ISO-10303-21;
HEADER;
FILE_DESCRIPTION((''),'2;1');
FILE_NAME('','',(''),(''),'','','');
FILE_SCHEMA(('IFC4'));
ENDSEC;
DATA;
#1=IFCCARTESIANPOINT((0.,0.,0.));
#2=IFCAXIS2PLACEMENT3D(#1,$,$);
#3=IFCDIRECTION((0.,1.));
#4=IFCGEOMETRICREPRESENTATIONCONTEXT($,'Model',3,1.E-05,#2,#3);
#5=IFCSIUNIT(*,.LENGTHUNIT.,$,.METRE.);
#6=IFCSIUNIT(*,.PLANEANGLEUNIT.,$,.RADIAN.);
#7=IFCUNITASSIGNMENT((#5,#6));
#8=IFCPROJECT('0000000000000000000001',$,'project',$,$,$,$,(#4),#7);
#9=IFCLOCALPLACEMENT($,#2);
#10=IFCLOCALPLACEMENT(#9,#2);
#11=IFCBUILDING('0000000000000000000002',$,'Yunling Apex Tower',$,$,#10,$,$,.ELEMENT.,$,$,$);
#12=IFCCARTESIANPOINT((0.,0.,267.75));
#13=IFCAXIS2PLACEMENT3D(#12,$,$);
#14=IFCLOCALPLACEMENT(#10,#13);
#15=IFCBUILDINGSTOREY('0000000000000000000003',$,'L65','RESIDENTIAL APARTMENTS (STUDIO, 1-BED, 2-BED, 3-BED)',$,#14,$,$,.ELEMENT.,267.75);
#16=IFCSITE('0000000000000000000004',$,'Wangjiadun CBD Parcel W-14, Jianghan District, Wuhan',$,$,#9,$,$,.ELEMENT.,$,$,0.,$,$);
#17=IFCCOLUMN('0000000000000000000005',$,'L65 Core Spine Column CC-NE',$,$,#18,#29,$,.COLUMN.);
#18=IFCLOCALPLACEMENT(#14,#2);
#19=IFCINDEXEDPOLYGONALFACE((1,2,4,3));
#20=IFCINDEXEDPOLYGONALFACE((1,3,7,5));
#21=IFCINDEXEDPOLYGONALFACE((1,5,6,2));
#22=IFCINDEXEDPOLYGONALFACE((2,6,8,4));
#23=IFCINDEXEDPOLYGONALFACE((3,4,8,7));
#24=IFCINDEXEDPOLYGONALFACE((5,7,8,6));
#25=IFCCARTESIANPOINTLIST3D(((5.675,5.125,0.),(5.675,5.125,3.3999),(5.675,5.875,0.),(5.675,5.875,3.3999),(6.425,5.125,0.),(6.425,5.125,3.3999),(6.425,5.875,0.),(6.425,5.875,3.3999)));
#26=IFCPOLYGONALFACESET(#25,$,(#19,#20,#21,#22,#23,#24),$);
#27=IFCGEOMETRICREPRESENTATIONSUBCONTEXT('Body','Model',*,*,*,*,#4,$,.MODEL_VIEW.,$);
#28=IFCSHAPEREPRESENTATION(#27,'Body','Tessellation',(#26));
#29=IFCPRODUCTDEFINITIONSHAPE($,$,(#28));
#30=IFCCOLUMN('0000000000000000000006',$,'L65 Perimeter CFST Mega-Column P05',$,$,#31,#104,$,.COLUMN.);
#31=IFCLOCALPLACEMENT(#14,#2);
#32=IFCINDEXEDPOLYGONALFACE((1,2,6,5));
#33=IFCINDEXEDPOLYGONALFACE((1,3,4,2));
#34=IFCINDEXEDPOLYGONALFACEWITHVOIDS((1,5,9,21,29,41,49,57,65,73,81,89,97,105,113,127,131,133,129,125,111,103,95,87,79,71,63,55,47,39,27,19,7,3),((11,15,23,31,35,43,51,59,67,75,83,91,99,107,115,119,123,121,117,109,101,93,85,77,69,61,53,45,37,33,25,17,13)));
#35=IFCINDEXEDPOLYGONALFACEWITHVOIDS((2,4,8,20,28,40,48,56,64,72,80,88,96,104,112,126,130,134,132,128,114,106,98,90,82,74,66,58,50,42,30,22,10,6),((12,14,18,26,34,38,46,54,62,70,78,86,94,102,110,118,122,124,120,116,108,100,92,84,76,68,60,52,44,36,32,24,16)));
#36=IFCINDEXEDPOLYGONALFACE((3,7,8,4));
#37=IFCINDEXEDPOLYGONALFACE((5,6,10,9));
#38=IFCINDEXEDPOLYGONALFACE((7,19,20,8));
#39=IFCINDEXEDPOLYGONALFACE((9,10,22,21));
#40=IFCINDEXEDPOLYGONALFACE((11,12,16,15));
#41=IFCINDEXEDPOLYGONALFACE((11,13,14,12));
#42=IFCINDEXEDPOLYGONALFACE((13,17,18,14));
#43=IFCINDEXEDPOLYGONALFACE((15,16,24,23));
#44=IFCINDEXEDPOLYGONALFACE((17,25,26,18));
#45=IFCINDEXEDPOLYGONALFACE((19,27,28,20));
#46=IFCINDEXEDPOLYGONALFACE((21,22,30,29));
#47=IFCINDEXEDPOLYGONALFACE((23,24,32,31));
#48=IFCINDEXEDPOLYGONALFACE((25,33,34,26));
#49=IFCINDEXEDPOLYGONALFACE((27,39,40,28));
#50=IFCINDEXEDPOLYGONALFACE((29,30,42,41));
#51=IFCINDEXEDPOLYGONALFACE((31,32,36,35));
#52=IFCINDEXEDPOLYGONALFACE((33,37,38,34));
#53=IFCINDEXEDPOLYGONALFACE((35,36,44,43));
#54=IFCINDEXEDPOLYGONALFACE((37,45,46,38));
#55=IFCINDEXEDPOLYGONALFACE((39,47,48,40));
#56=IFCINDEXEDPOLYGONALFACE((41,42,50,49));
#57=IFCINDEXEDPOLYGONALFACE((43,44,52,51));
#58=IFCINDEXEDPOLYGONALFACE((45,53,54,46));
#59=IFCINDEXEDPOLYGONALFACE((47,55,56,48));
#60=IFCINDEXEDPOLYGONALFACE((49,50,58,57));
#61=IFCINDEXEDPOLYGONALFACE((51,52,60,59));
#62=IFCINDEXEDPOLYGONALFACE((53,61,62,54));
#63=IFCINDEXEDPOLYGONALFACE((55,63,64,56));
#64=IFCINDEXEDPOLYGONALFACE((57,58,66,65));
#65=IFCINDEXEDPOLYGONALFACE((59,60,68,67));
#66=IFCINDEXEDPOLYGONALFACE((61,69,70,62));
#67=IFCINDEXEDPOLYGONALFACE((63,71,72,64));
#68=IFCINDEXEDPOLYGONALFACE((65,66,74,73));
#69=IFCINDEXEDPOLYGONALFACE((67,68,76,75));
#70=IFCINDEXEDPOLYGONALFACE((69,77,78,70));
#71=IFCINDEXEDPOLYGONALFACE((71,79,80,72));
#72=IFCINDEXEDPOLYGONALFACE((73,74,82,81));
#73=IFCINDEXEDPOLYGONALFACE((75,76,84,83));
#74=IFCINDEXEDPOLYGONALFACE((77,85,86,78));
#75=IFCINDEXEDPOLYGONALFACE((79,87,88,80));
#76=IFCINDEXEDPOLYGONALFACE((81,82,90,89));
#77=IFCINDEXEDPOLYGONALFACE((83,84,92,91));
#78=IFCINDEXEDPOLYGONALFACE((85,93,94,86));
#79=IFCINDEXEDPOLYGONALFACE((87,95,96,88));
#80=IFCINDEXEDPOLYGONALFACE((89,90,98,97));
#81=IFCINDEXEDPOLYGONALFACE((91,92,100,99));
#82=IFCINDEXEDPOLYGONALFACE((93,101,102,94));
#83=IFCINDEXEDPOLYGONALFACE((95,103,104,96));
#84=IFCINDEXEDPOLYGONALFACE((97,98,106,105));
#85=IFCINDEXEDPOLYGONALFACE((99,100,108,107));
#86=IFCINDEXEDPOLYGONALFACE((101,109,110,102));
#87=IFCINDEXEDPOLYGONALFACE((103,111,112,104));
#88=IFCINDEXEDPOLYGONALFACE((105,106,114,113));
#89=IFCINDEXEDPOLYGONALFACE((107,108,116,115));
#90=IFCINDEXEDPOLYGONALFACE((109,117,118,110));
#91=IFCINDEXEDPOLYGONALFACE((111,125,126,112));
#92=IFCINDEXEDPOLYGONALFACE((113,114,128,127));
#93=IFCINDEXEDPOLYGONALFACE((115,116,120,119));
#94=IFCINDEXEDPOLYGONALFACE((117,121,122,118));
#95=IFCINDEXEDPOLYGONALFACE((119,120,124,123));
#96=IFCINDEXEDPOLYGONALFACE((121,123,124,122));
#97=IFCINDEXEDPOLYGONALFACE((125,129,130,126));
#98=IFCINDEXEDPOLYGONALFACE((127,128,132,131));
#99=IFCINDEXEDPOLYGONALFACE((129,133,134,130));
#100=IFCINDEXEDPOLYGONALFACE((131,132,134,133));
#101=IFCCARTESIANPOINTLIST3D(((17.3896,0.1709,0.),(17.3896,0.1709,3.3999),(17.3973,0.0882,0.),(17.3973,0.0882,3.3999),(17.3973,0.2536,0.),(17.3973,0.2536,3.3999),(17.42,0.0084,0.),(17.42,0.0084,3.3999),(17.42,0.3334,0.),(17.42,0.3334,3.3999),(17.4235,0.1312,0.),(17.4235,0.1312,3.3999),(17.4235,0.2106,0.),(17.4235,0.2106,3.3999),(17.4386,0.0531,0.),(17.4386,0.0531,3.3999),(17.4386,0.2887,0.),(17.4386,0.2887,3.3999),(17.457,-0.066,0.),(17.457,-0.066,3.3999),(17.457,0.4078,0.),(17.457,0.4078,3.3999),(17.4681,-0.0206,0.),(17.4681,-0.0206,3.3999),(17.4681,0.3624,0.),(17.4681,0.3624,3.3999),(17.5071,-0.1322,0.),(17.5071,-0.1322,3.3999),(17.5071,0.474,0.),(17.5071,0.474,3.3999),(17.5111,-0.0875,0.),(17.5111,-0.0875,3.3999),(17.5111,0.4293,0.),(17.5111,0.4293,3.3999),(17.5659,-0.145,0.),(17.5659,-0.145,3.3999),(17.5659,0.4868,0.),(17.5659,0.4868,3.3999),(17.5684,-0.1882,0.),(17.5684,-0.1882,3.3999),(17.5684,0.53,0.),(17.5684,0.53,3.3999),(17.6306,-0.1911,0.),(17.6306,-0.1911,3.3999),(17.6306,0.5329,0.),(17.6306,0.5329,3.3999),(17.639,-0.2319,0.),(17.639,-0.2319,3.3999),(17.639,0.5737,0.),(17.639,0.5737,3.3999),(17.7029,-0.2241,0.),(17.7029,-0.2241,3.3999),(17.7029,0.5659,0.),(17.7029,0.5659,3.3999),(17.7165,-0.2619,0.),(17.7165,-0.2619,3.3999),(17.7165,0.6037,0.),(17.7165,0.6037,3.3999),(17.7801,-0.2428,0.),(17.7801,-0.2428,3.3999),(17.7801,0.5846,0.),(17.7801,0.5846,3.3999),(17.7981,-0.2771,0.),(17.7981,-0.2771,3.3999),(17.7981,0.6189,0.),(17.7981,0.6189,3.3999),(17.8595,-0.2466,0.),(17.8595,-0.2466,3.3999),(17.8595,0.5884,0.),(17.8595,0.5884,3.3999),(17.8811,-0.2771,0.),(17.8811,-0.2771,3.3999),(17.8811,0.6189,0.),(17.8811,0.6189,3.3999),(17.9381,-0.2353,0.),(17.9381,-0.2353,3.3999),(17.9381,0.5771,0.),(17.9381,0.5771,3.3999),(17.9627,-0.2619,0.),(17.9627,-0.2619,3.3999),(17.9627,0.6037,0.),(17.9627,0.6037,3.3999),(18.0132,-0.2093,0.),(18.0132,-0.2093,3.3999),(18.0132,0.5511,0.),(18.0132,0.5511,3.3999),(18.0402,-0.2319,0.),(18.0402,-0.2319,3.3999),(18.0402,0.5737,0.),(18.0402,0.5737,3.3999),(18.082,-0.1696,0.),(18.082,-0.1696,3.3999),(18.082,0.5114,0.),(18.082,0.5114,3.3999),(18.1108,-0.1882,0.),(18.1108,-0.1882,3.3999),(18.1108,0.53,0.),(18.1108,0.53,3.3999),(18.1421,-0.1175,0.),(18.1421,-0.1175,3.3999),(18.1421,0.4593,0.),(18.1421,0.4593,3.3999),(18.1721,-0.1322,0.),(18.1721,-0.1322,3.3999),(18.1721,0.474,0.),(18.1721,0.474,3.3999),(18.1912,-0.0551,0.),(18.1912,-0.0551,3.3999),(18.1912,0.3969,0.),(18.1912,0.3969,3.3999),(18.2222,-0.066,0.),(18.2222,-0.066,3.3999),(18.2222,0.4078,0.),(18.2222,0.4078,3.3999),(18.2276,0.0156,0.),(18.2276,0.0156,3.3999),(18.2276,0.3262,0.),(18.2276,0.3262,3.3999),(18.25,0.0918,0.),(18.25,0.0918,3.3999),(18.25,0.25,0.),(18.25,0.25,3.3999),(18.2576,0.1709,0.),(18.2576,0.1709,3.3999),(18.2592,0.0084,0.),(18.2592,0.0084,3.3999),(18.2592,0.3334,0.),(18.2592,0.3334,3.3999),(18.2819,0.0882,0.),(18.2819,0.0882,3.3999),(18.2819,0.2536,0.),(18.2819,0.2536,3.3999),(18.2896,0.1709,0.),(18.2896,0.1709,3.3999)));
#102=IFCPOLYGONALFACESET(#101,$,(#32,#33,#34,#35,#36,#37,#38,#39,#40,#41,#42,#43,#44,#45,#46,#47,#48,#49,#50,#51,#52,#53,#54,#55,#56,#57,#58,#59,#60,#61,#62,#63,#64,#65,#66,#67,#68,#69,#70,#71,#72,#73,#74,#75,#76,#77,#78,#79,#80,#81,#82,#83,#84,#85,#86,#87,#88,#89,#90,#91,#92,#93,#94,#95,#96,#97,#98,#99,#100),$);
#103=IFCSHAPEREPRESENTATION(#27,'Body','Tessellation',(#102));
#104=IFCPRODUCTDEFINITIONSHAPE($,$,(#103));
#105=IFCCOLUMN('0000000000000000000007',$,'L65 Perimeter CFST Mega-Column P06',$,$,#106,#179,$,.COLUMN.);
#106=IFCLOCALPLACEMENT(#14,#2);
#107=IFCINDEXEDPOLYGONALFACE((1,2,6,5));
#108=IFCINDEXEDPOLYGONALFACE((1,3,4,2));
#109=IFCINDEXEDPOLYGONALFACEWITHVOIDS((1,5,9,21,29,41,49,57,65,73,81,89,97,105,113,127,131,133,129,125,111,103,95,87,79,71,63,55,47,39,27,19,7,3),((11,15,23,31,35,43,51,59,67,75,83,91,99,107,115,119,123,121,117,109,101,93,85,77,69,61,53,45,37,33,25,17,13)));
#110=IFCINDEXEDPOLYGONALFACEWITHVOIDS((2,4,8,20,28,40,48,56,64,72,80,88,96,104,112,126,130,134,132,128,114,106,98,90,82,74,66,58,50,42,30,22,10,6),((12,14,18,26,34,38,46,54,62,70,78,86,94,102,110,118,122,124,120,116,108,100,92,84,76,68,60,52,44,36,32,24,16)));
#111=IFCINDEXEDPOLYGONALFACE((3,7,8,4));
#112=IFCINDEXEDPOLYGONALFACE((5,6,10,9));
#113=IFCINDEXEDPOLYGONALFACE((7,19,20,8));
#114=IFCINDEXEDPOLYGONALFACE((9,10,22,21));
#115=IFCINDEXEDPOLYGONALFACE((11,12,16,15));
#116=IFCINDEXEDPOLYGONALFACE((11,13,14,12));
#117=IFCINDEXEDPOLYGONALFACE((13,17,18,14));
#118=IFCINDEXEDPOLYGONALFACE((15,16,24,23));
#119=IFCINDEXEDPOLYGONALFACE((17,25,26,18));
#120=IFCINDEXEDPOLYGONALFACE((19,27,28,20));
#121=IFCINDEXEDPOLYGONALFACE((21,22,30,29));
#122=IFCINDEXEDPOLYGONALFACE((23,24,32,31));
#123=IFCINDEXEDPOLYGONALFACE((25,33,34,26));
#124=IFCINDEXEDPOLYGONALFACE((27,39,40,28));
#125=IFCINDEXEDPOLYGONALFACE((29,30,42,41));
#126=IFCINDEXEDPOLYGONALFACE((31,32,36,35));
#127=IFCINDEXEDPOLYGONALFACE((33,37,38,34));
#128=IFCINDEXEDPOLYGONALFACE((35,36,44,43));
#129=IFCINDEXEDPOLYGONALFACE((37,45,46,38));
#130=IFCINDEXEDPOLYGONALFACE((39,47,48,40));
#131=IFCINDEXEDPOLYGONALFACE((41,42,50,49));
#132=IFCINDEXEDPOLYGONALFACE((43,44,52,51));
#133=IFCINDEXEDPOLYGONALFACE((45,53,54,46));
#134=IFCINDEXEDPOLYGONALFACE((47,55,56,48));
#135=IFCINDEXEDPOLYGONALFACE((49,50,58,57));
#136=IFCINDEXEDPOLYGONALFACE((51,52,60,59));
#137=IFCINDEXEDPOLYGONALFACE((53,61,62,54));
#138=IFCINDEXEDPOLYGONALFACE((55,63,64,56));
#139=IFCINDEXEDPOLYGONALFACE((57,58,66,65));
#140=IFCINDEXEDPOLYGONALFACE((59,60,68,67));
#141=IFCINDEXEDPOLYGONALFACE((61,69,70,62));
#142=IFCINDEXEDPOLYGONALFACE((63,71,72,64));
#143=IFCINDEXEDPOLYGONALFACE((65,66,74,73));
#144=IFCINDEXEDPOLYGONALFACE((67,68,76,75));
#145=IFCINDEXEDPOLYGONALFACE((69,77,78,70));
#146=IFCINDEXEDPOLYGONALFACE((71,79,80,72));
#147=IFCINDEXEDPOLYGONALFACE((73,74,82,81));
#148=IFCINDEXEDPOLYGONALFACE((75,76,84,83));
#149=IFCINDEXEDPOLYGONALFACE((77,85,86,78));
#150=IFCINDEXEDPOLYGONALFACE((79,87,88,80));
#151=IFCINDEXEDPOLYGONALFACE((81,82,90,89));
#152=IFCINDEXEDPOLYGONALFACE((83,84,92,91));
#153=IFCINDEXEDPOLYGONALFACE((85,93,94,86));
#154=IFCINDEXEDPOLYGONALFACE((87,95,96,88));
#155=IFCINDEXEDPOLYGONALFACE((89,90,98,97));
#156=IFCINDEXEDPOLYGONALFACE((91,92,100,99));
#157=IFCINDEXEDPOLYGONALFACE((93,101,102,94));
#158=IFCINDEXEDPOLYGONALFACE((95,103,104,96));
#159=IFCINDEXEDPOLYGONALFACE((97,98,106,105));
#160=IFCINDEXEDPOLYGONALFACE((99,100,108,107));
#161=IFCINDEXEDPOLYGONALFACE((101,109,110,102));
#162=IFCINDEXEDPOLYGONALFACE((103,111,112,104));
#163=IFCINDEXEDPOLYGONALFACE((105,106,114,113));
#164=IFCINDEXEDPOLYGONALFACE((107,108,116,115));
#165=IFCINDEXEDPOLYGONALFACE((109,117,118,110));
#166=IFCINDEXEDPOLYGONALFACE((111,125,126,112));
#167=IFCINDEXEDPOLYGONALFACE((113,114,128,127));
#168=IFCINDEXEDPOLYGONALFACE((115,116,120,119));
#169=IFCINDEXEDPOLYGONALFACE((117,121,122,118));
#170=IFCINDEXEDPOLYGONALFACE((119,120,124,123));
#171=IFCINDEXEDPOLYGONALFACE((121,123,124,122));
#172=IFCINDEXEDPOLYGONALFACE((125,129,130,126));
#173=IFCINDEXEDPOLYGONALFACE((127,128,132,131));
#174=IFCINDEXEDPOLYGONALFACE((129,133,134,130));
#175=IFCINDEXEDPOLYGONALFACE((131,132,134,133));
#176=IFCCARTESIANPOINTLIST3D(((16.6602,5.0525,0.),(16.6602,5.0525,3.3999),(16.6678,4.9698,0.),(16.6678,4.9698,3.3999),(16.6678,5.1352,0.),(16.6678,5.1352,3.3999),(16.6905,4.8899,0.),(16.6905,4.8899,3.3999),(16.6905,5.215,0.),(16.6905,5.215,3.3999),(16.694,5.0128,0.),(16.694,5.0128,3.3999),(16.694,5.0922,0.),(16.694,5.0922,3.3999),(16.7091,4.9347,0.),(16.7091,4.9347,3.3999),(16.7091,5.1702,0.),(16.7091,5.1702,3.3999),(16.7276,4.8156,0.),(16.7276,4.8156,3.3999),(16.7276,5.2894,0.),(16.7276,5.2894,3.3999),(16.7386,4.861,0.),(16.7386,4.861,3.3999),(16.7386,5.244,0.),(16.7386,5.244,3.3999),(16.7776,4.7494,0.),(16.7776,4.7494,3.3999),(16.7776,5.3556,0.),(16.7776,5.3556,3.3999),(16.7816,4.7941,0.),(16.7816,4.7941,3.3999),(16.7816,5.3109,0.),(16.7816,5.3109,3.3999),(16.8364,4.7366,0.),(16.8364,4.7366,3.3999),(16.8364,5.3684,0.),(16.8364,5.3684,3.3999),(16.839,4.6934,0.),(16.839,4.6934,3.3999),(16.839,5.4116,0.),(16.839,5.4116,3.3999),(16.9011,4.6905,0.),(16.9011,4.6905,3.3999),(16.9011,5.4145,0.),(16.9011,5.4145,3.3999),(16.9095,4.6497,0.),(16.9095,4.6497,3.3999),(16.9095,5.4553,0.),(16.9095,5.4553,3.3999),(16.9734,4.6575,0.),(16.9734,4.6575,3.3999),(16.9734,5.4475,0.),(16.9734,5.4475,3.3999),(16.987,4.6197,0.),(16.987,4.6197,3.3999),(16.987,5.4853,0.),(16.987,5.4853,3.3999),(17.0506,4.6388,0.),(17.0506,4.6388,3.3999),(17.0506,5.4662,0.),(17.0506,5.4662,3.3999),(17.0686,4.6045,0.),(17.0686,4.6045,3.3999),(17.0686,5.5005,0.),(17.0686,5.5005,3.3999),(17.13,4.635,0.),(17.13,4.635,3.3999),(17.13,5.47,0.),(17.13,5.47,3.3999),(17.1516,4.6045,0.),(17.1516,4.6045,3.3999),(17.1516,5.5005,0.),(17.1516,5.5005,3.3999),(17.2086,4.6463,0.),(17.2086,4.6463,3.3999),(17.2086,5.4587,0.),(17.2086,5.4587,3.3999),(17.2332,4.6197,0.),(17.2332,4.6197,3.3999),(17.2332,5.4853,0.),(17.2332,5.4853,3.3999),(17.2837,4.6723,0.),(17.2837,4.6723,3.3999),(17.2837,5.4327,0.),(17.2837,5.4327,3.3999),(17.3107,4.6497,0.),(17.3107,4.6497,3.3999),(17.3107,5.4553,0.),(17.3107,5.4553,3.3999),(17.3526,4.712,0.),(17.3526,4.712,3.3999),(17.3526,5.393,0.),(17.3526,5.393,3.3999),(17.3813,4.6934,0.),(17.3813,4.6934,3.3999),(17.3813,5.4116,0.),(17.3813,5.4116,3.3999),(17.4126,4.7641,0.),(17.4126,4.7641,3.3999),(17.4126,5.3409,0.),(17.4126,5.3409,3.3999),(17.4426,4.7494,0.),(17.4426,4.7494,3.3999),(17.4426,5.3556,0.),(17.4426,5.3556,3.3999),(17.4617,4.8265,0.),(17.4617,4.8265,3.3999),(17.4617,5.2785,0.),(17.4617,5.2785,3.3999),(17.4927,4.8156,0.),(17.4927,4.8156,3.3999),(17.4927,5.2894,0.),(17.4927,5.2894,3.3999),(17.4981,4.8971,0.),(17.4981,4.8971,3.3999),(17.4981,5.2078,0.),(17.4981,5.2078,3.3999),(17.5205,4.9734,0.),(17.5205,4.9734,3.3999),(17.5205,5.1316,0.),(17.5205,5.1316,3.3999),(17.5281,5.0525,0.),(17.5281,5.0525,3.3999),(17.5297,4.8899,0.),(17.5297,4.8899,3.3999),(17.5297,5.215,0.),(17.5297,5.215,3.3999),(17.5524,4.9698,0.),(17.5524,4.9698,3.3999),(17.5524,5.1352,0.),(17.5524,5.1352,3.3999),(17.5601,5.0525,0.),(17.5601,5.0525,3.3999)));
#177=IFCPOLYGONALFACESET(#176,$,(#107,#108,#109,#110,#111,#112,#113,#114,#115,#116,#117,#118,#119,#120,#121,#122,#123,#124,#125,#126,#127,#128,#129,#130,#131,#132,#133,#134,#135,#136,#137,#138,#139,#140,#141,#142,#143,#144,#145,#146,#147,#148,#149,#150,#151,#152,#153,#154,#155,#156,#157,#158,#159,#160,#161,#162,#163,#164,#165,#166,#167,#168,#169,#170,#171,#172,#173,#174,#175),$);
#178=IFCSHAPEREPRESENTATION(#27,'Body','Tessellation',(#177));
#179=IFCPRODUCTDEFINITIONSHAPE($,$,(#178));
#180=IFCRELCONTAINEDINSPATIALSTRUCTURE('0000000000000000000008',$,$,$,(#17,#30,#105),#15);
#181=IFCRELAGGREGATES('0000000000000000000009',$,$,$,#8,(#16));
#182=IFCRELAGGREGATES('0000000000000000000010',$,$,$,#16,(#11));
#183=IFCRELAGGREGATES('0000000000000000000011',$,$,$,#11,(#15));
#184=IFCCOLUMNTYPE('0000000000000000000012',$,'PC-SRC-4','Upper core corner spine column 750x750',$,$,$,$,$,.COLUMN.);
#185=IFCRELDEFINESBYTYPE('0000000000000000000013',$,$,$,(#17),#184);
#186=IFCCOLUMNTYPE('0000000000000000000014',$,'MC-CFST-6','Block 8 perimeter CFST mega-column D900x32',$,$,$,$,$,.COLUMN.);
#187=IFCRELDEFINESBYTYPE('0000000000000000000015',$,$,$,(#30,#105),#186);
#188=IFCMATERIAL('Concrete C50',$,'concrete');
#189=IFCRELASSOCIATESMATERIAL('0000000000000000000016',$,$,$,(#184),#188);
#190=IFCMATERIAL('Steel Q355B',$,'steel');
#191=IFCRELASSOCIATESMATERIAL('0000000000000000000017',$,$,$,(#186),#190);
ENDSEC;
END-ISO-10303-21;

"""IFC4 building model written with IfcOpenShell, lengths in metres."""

from ifc_helpers import new_model, si_unit, direction, frame, origin, origin_2d, place, context, subcontext, project, spatial, rectangle, hollow_circle, extrude, source, transform, mapped, material, material_profile, profile_set, type_object, element, save


model = new_model("IFC4")

# Units and contexts
model_context = context("Model", 3, precision=1e-05, world=origin(), true_north=direction((0.0, 1.0)))
body_context = subcontext(model_context, "Body", "Model", "MODEL_VIEW")
ifc_project = project(units=[si_unit("LENGTHUNIT", "METRE"), si_unit("PLANEANGLEUNIT", "RADIAN")], contexts=[model_context])

# Site, building, storey
site_placement = place(None, origin())
site = spatial("IfcSite", under=ifc_project, at=site_placement, Name="Wangjiadun CBD Parcel W-14, Jianghan District, Wuhan", CompositionType="ELEMENT", RefElevation=0.0)
building_placement = place(site_placement, origin())
building = spatial("IfcBuilding", under=site, at=building_placement, Name="Yunling Apex Tower", CompositionType="ELEMENT")
storey_placement = place(building_placement, frame((0.0, 0.0, 267.75)))
storey = spatial("IfcBuildingStorey", under=building, at=storey_placement, Name="L65", Description="RESIDENTIAL APARTMENTS (STUDIO, 1-BED, 2-BED, 3-BED)", CompositionType="ELEMENT", Elevation=267.75)

# Columns
ifc_material_1 = material(Name="Concrete C50", Category="concrete")
ifc_material_profile_1 = material_profile(ifc_material_1, rectangle(XDim=0.75, YDim=0.75, at=origin_2d()))
ifc_profile_set_1 = profile_set([ifc_material_profile_1], Name="Concrete C50")
column_type_1 = type_object("IfcColumnType", Name="PC-SRC-4", Description="Upper core corner spine column 750x750", PredefinedType="COLUMN", material=ifc_profile_set_1)
shared_shape_1 = source(origin(), body_context, "Body", "SweptSolid", [
    extrude(rectangle(XDim=0.75, YDim=0.75, at=origin_2d()), origin(), (0.0, 0.0, 1.0), 3.3999),
])
column_placement = place(storey_placement, frame((6.05, 5.5, 0.0), z_axis=(0.0, 0.0, 1.0), x_axis=(1.0, 0.0, 0.0)))
element("IfcColumn", 1, at=column_placement, inside=storey, type_object=column_type_1, Name="L65 Core Spine Column CC-NE", PredefinedType="COLUMN", context=body_context, shape_type="MappedRepresentation", body=[
    mapped(shared_shape_1, transform((0.0, 0.0, 0.0), scale=1.0)),
])
ifc_material_2 = material(Name="Steel Q355B", Category="steel")
ifc_material_profile_2 = material_profile(ifc_material_2, hollow_circle(Radius=0.45, WallThickness=0.032, at=origin_2d()))
ifc_profile_set_2 = profile_set([ifc_material_profile_2], Name="Steel Q355B")
column_type_2 = type_object("IfcColumnType", Name="MC-CFST-6", Description="Block 8 perimeter CFST mega-column D900x32", PredefinedType="COLUMN", material=ifc_profile_set_2)
shared_shape_2 = source(origin(), body_context, "Body", "SweptSolid", [
    extrude(hollow_circle(Radius=0.45, WallThickness=0.032, at=origin_2d()), origin(), (0.0, 0.0, 1.0), 3.3999),
])
for number, where, z_axis, x_axis, name in (
    (2, (17.8396, 0.1709, 0.0), (0.0, 0.0, 1.0), (1.0, 0.0, 0.0), "L65 Perimeter CFST Mega-Column P05"),
    (3, (17.1101, 5.0525, 0.0), (0.0, 0.0, 1.0), (1.0, 0.0, 0.0), "L65 Perimeter CFST Mega-Column P06"),
):
    element("IfcColumn", number, at=place(storey_placement, frame(where, z_axis=z_axis, x_axis=x_axis)), inside=storey, type_object=column_type_2, Name=name, PredefinedType="COLUMN", context=body_context, shape_type="MappedRepresentation", body=[
        mapped(shared_shape_2, transform((0.0, 0.0, 0.0), scale=1.0)),
    ])

save(model, "model.ifc")
